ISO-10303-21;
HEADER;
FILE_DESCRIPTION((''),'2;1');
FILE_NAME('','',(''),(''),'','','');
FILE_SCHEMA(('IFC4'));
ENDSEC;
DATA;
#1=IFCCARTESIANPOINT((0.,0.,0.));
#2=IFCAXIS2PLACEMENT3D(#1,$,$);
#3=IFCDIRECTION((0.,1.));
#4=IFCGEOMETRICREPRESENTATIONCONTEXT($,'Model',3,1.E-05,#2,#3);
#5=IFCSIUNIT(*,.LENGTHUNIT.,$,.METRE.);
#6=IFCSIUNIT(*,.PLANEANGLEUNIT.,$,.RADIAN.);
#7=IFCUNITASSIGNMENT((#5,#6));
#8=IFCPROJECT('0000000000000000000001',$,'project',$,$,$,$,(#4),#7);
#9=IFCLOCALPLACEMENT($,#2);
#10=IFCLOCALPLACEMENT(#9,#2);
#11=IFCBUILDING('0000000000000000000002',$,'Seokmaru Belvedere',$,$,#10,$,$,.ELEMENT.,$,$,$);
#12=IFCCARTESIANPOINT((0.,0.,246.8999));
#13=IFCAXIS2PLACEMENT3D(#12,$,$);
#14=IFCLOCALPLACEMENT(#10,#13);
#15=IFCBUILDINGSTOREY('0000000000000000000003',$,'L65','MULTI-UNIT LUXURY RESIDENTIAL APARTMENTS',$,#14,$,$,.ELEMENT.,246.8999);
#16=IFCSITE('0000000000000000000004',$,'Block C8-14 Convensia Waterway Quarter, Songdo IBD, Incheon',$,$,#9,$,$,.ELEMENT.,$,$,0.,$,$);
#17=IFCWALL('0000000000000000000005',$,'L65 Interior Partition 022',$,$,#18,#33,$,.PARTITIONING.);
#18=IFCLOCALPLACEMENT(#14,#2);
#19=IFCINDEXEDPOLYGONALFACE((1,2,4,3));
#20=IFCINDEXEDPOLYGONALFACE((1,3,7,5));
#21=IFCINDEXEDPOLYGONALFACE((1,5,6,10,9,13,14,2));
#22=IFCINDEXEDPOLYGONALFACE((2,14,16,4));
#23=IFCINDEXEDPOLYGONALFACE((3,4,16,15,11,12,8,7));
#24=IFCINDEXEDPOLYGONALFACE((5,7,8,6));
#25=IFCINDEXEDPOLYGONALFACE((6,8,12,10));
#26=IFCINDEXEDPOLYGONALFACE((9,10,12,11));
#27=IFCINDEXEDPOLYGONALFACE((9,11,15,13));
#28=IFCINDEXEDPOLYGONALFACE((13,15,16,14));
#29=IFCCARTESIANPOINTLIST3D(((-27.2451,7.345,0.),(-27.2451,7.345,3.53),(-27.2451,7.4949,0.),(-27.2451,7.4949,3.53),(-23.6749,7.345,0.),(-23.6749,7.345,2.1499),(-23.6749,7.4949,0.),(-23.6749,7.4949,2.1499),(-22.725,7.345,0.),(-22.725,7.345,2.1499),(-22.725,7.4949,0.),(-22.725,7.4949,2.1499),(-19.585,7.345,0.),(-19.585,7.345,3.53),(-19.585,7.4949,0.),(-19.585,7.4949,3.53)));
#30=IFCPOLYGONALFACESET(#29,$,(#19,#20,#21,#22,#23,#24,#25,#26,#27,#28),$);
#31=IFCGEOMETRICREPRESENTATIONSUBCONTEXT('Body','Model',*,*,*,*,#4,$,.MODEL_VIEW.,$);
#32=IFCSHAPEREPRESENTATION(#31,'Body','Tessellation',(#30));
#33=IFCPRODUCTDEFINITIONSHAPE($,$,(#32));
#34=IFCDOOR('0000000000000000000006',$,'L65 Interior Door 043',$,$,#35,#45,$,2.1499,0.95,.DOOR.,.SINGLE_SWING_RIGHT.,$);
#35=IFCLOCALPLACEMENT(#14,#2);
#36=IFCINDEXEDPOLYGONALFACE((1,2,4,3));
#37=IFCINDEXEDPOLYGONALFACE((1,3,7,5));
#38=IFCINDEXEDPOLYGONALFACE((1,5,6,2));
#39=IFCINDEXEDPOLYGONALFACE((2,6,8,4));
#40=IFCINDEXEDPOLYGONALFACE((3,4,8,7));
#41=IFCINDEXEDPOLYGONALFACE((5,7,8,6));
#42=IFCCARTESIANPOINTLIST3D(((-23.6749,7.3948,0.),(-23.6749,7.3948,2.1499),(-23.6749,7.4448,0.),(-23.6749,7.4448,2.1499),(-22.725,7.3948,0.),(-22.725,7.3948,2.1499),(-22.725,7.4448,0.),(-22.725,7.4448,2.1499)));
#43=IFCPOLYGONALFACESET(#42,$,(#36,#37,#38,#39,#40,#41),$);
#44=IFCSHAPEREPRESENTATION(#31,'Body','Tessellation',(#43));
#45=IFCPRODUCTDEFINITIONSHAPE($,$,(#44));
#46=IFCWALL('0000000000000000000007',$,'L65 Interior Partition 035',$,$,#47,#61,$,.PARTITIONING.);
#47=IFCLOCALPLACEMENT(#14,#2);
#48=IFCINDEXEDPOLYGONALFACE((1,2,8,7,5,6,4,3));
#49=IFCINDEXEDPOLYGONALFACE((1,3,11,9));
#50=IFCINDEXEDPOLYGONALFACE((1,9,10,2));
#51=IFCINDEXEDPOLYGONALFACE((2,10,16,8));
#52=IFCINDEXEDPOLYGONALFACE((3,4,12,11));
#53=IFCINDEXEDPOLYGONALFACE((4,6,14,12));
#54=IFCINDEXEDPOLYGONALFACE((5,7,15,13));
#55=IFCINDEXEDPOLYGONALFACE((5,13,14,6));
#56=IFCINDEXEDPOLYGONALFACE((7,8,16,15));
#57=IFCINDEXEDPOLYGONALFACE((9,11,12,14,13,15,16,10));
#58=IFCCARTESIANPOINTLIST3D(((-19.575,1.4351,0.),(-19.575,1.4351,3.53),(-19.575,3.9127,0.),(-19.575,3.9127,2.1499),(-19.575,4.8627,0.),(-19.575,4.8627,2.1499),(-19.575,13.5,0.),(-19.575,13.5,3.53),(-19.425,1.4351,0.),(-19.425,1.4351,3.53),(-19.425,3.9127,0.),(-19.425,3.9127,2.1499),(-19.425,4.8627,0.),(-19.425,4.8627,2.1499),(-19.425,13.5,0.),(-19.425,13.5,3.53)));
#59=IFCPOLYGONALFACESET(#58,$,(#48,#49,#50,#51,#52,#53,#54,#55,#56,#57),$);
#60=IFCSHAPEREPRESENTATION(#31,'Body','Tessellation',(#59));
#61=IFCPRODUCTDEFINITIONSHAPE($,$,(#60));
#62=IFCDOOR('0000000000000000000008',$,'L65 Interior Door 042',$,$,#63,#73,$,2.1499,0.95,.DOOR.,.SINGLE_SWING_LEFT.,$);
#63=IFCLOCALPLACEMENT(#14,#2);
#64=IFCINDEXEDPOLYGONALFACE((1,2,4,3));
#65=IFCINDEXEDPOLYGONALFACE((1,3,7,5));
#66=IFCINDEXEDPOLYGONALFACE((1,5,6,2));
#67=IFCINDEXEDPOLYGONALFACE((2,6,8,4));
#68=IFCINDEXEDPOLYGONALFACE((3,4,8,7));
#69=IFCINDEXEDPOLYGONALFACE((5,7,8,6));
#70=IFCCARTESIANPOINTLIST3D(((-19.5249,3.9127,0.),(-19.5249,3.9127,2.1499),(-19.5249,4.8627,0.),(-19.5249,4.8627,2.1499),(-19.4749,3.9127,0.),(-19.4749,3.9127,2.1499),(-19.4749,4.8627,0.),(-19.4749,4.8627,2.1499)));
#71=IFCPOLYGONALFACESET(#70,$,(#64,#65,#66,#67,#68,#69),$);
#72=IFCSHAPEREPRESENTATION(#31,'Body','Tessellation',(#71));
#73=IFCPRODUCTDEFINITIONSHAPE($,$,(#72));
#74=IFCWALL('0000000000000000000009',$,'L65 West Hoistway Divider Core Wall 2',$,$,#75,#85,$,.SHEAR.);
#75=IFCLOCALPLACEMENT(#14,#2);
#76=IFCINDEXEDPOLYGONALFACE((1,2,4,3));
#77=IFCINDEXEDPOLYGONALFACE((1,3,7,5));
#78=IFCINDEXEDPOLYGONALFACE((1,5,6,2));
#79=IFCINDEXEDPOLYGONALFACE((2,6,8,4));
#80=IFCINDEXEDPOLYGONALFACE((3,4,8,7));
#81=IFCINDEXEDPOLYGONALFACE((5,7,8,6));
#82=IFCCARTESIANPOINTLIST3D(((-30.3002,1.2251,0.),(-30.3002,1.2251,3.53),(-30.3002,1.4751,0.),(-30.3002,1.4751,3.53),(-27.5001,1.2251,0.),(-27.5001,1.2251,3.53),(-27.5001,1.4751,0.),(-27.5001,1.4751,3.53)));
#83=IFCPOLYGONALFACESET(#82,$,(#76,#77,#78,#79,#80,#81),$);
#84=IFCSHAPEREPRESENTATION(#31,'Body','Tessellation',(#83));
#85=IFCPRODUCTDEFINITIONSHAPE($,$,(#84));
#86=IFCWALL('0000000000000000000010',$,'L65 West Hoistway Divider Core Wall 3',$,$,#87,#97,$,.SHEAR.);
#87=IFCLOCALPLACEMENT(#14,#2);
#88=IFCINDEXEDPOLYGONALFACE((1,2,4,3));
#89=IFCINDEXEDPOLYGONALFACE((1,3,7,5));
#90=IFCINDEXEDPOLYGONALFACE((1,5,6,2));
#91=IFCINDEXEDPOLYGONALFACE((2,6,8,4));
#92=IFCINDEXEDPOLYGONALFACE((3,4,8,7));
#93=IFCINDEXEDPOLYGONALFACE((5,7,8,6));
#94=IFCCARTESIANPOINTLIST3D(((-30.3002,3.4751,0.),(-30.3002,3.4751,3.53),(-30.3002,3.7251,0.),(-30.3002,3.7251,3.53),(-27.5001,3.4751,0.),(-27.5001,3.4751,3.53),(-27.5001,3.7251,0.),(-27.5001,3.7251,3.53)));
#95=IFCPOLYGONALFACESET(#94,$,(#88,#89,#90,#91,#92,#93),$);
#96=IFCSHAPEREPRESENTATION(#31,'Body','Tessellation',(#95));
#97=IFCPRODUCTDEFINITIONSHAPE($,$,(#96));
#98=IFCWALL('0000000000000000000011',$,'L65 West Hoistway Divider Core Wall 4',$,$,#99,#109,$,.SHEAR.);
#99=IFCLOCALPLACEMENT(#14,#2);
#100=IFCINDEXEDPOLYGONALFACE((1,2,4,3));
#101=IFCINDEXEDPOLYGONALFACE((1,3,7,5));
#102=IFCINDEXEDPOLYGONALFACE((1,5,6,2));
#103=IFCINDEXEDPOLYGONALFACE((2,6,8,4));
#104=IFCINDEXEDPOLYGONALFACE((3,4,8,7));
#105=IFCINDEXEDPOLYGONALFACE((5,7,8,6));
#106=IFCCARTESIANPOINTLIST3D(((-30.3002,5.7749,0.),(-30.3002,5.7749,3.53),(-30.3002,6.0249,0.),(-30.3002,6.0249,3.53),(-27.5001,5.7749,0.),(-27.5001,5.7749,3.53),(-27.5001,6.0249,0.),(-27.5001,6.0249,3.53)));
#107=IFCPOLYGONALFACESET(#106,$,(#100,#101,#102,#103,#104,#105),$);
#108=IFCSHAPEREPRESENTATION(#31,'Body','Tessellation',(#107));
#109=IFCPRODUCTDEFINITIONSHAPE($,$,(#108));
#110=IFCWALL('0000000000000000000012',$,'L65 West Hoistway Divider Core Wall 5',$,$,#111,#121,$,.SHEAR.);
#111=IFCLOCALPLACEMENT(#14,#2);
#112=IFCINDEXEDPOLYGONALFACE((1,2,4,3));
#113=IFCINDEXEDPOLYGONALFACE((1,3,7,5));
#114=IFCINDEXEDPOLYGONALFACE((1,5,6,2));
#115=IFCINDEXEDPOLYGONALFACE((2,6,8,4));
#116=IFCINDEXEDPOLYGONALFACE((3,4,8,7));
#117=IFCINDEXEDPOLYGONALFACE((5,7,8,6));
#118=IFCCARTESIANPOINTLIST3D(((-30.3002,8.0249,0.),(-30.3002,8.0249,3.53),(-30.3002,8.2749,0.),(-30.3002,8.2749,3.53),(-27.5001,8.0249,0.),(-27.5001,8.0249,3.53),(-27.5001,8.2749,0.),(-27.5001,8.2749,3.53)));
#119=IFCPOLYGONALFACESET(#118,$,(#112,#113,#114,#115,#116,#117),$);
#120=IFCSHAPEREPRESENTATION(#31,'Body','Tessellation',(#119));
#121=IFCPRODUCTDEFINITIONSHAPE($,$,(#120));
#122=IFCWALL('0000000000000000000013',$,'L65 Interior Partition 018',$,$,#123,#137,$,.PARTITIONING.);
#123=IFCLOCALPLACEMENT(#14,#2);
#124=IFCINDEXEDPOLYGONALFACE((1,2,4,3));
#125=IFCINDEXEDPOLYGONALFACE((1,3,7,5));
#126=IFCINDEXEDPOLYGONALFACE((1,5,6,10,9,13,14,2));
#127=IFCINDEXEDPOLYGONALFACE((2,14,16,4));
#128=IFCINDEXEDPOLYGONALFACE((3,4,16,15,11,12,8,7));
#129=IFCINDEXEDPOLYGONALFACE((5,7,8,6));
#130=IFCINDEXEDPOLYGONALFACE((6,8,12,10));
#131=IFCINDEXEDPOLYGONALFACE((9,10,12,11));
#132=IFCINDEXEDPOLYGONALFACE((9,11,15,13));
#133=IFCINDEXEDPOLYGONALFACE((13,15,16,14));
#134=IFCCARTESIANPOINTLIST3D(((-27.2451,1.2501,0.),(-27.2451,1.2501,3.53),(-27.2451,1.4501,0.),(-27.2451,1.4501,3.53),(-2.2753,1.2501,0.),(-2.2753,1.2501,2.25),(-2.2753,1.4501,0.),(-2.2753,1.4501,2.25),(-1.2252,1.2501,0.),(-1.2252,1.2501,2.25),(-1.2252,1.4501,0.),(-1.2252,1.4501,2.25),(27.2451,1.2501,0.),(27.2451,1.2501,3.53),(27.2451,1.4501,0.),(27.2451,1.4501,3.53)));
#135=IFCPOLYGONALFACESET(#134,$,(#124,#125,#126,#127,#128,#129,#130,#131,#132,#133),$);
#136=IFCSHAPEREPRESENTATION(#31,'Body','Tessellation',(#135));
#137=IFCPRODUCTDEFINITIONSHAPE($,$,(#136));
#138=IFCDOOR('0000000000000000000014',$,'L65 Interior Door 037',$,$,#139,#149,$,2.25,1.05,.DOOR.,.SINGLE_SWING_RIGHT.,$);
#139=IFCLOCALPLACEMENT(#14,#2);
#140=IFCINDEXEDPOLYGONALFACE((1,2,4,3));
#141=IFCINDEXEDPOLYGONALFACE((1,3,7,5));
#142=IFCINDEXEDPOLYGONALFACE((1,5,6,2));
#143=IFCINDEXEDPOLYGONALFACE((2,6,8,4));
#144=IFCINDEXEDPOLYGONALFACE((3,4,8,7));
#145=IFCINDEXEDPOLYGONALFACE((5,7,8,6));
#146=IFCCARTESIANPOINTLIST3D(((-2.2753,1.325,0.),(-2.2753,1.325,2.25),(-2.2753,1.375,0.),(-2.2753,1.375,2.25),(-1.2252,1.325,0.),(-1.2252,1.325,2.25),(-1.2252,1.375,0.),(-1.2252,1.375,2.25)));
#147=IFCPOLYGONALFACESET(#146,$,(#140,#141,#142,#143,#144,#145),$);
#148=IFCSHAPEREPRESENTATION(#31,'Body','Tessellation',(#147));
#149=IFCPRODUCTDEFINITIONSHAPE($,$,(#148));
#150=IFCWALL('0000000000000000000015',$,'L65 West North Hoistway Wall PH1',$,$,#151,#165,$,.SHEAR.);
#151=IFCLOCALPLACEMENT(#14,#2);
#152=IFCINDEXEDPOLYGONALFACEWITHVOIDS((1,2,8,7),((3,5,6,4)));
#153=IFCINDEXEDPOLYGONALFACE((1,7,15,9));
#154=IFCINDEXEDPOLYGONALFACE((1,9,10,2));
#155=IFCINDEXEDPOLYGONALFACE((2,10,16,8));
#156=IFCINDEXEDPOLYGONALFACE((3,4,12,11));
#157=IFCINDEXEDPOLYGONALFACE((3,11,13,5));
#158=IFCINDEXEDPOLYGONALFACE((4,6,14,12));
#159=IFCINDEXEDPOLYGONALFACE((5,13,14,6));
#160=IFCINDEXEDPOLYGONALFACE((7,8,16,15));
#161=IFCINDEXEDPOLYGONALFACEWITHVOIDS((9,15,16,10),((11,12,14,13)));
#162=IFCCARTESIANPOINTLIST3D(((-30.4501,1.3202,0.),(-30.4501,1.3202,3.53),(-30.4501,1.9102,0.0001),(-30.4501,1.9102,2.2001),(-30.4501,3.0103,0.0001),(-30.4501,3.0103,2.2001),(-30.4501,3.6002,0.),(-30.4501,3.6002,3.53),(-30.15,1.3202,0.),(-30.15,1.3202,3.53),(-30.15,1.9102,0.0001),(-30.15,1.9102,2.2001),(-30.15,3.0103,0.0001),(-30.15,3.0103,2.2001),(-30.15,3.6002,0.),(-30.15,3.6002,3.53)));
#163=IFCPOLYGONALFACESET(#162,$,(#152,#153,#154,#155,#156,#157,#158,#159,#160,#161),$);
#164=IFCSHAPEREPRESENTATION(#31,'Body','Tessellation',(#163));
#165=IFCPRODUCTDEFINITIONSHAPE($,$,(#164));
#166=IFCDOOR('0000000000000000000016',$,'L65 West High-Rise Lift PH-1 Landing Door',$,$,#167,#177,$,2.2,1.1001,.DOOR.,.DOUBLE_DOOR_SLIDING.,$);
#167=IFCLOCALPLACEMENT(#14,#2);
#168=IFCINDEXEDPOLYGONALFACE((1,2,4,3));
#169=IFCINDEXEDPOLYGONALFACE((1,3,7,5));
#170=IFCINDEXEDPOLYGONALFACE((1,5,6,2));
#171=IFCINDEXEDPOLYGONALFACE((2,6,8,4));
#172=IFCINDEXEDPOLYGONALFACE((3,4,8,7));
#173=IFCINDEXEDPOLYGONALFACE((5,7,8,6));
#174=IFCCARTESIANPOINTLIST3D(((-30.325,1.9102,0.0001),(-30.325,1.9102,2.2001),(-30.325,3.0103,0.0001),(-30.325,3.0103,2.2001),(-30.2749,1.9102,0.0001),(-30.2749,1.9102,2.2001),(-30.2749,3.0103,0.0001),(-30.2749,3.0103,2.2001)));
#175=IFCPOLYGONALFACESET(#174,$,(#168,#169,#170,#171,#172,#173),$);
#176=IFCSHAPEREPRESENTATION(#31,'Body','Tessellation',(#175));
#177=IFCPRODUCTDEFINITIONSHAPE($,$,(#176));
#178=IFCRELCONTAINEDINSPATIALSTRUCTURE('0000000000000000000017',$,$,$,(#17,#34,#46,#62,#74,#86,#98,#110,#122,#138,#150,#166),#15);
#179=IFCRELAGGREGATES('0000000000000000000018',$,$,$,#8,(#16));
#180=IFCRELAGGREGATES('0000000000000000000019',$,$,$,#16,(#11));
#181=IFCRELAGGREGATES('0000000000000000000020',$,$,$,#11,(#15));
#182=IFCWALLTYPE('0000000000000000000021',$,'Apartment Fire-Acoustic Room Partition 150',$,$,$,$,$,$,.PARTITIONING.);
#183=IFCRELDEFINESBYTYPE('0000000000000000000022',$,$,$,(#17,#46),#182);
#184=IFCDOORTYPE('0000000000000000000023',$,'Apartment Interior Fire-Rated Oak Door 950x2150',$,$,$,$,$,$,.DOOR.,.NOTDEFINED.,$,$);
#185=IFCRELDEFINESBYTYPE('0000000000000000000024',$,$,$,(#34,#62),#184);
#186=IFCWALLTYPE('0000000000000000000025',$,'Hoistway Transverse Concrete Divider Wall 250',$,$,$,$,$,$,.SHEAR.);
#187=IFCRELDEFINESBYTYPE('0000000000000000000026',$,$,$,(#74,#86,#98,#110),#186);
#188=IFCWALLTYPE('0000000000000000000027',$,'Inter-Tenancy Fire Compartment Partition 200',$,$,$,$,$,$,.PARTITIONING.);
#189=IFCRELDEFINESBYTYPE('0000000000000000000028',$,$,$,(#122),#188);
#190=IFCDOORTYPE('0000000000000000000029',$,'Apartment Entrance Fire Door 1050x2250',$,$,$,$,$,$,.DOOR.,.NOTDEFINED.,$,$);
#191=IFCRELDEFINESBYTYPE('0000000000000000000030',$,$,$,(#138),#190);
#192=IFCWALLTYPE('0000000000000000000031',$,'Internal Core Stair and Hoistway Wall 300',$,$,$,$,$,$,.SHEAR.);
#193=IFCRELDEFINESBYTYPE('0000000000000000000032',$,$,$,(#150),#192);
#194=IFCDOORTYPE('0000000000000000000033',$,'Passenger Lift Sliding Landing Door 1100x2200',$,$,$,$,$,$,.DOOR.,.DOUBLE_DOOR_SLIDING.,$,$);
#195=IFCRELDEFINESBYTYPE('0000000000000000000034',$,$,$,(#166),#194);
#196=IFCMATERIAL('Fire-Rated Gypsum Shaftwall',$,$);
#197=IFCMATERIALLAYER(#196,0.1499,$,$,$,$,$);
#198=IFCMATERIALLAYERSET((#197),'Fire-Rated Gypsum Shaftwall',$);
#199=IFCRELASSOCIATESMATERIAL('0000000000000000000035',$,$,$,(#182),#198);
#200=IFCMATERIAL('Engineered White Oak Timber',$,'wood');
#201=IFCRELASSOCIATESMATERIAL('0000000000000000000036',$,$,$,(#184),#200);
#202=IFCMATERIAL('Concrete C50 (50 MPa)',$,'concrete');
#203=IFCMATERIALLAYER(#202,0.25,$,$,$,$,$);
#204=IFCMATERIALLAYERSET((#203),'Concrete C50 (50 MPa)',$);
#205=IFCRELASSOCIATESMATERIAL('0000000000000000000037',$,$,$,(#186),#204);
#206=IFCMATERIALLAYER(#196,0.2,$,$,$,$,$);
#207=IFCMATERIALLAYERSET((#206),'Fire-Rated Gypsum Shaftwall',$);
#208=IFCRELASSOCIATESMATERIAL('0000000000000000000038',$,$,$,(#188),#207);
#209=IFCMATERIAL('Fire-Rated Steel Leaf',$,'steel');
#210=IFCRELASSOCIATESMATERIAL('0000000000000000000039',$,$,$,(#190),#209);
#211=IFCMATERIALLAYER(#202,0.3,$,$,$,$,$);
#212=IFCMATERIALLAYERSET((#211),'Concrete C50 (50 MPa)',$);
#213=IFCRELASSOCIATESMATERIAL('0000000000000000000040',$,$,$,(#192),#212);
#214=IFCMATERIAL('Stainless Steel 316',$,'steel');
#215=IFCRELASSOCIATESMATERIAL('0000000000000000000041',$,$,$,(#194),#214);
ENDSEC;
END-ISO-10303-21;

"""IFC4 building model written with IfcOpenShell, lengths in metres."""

from ifc_helpers import new_model, si_unit, direction, frame, frame_2d, origin, place, context, subcontext, project, spatial, rectangle, extrude, source, transform, mapped, material, layer, layer_set, type_object, type_shapes, element, fill, save


model = new_model("IFC4")

# Units and contexts
model_context = context("Model", 3, precision=1e-05, world=origin(), true_north=direction((0.0, 1.0)))
body_context = subcontext(model_context, "Body", "Model", "MODEL_VIEW")
ifc_project = project(units=[si_unit("LENGTHUNIT", "METRE"), si_unit("PLANEANGLEUNIT", "RADIAN")], contexts=[model_context])

# Site, building, storey
site_placement = place(None, origin())
site = spatial("IfcSite", under=ifc_project, at=site_placement, Name="Block C8-14 Convensia Waterway Quarter, Songdo IBD, Incheon", CompositionType="ELEMENT", RefElevation=0.0)
building_placement = place(site_placement, origin())
building = spatial("IfcBuilding", under=site, at=building_placement, Name="Seokmaru Belvedere", CompositionType="ELEMENT")
storey_placement = place(building_placement, frame((0.0, 0.0, 246.8999)))
storey = spatial("IfcBuildingStorey", under=building, at=storey_placement, Name="L65", Description="MULTI-UNIT LUXURY RESIDENTIAL APARTMENTS", CompositionType="ELEMENT", Elevation=246.8999)

# Walls, openings, doors
ifc_material_1 = material(Name="Fire-Rated Gypsum Shaftwall")
ifc_layer_1 = layer(ifc_material_1, 0.1499)
ifc_layer_set_1 = layer_set([ifc_layer_1], Name="Fire-Rated Gypsum Shaftwall")
wall_type_1 = type_object("IfcWallType", Name="Apartment Fire-Acoustic Room Partition 150", PredefinedType="PARTITIONING", material=ifc_layer_set_1)
wall_1_placement = place(storey_placement, frame((-27.2451, 7.4199, 0.0), z_axis=(0.0, 0.0, 1.0), x_axis=(1.0, 0.0, 0.0)))
wall_1 = element("IfcWall", 1, at=wall_1_placement, inside=storey, type_object=wall_type_1, Name="L65 Interior Partition 022", PredefinedType="PARTITIONING", context=body_context, shape_type="SweptSolid", body=[
    extrude(rectangle(XDim=7.6602, YDim=0.1499, at=frame_2d((3.8301, 0.0))), origin(), (0.0, 0.0, 1.0), 3.53),
])
opening_1_placement = place(wall_1_placement, frame((3.5701, 0.0, 0.0)))
opening_1 = element("IfcOpeningElement", 2, at=opening_1_placement, cuts=wall_1, PredefinedType="OPENING", context=body_context, shape_type="SweptSolid", body=[
    extrude(rectangle(XDim=0.95, YDim=2.1499, at=frame_2d((0.4751, 1.075))), frame((0.0, 0.085, 0.0), z_axis=(0.0, -1.0, 0.0), x_axis=(1.0, 0.0, 0.0)), (0.0, 0.0, 1.0), 0.1699),
])
ifc_material_2 = material(Name="Engineered White Oak Timber", Category="wood")
door_type_1 = type_object("IfcDoorType", Name="Apartment Interior Fire-Rated Oak Door 950x2150", OperationType="NOTDEFINED", PredefinedType="DOOR", material=ifc_material_2)
shared_shape_1 = source(origin(), body_context, "Body", "SweptSolid", [
    extrude(rectangle(XDim=0.95, YDim=2.1499, at=frame_2d((0.4751, 1.075))), frame((0.0, 0.0249, 0.0), z_axis=(0.0, -1.0, 0.0), x_axis=(1.0, 0.0, 0.0)), (0.0, 0.0, 1.0), 0.05),
])
type_shapes(door_type_1, [shared_shape_1])
door_1_placement = place(opening_1_placement, origin())
door_1 = element("IfcDoor", 3, at=door_1_placement, inside=storey, type_object=door_type_1, Name="L65 Interior Door 043", OperationType="SINGLE_SWING_RIGHT", OverallHeight=2.1499, OverallWidth=0.95, PredefinedType="DOOR", context=body_context, shape_type="MappedRepresentation", body=[
    mapped(shared_shape_1, transform((0.0, 0.0, 0.0), scale=1.0)),
])
fill(opening_1, door_1)
wall_2_placement = place(storey_placement, frame((-19.5, 1.4351, 0.0), z_axis=(0.0, 0.0, 1.0), x_axis=(0.0, 1.0, 0.0)))
wall_2 = element("IfcWall", 4, at=wall_2_placement, inside=storey, type_object=wall_type_1, Name="L65 Interior Partition 035", PredefinedType="PARTITIONING", context=body_context, shape_type="SweptSolid", body=[
    extrude(rectangle(XDim=12.0649, YDim=0.1499, at=frame_2d((6.0325, 0.0))), origin(), (0.0, 0.0, 1.0), 3.53),
])
opening_2_placement = place(wall_2_placement, frame((2.4775, 0.0, 0.0)))
opening_2 = element("IfcOpeningElement", 5, at=opening_2_placement, cuts=wall_2, PredefinedType="OPENING", context=body_context, shape_type="SweptSolid", body=[
    extrude(rectangle(XDim=0.95, YDim=2.1499, at=frame_2d((0.4751, 1.075))), frame((0.0, 0.085, 0.0), z_axis=(0.0, -1.0, 0.0), x_axis=(1.0, 0.0, 0.0)), (0.0, 0.0, 1.0), 0.1699),
])
door_2_placement = place(opening_2_placement, origin())
door_2 = element("IfcDoor", 6, at=door_2_placement, inside=storey, type_object=door_type_1, Name="L65 Interior Door 042", OperationType="SINGLE_SWING_LEFT", OverallHeight=2.1499, OverallWidth=0.95, PredefinedType="DOOR", context=body_context, shape_type="MappedRepresentation", body=[
    mapped(shared_shape_1, transform((0.0, 0.0, 0.0), scale=1.0)),
])
fill(opening_2, door_2)

# Walls
ifc_material_3 = material(Name="Concrete C50 (50 MPa)", Category="concrete")
ifc_layer_2 = layer(ifc_material_3, 0.25)
ifc_layer_set_2 = layer_set([ifc_layer_2], Name="Concrete C50 (50 MPa)")
wall_type_2 = type_object("IfcWallType", Name="Hoistway Transverse Concrete Divider Wall 250", PredefinedType="SHEAR", material=ifc_layer_set_2)
for number, where, z_axis, x_axis, name in (
    (7, (-30.3, 1.3501, 0.0), (0.0, 0.0, 1.0), (1.0, 0.0, 0.0), "L65 West Hoistway Divider Core Wall 2"),
    (8, (-30.3, 3.6001, 0.0), (0.0, 0.0, 1.0), (1.0, 0.0, 0.0), "L65 West Hoistway Divider Core Wall 3"),
    (9, (-30.3, 5.8999, 0.0), (0.0, 0.0, 1.0), (1.0, 0.0, 0.0), "L65 West Hoistway Divider Core Wall 4"),
    (10, (-30.3, 8.1499, 0.0), (0.0, 0.0, 1.0), (1.0, 0.0, 0.0), "L65 West Hoistway Divider Core Wall 5"),
):
    element("IfcWall", number, at=place(storey_placement, frame(where, z_axis=z_axis, x_axis=x_axis)), inside=storey, type_object=wall_type_2, Name=name, PredefinedType="SHEAR", context=body_context, shape_type="SweptSolid", body=[
        extrude(rectangle(XDim=2.8, YDim=0.25, at=frame_2d((1.3999, 0.0))), origin(), (0.0, 0.0, 1.0), 3.53),
    ])

# Walls, openings, doors
ifc_layer_3 = layer(ifc_material_1, 0.2)
ifc_layer_set_3 = layer_set([ifc_layer_3], Name="Fire-Rated Gypsum Shaftwall")
wall_type_3 = type_object("IfcWallType", Name="Inter-Tenancy Fire Compartment Partition 200", PredefinedType="PARTITIONING", material=ifc_layer_set_3)
wall_3_placement = place(storey_placement, frame((-27.2451, 1.3501, 0.0), z_axis=(0.0, 0.0, 1.0), x_axis=(1.0, 0.0, 0.0)))
wall_3 = element("IfcWall", 11, at=wall_3_placement, inside=storey, type_object=wall_type_3, Name="L65 Interior Partition 018", PredefinedType="PARTITIONING", context=body_context, shape_type="SweptSolid", body=[
    extrude(rectangle(XDim=54.4902, YDim=0.2, at=frame_2d((27.2451, 0.0))), origin(), (0.0, 0.0, 1.0), 3.53),
])
opening_3_placement = place(wall_3_placement, frame((24.97, 0.0, 0.0)))
opening_3 = element("IfcOpeningElement", 12, at=opening_3_placement, cuts=wall_3, PredefinedType="OPENING", context=body_context, shape_type="SweptSolid", body=[
    extrude(rectangle(XDim=1.05, YDim=2.25, at=frame_2d((0.5249, 1.125))), frame((0.0, 0.1099, 0.0), z_axis=(0.0, -1.0, 0.0), x_axis=(1.0, 0.0, 0.0)), (0.0, 0.0, 1.0), 0.22),
])
ifc_material_4 = material(Name="Fire-Rated Steel Leaf", Category="steel")
door_type_2 = type_object("IfcDoorType", Name="Apartment Entrance Fire Door 1050x2250", OperationType="NOTDEFINED", PredefinedType="DOOR", material=ifc_material_4)
shared_shape_2 = source(origin(), body_context, "Body", "SweptSolid", [
    extrude(rectangle(XDim=1.05, YDim=2.25, at=frame_2d((0.5249, 1.125))), frame((0.0, 0.0249, 0.0), z_axis=(0.0, -1.0, 0.0), x_axis=(1.0, 0.0, 0.0)), (0.0, 0.0, 1.0), 0.05),
])
type_shapes(door_type_2, [shared_shape_2])
door_3_placement = place(opening_3_placement, origin())
door_3 = element("IfcDoor", 13, at=door_3_placement, inside=storey, type_object=door_type_2, Name="L65 Interior Door 037", OperationType="SINGLE_SWING_RIGHT", OverallHeight=2.25, OverallWidth=1.05, PredefinedType="DOOR", context=body_context, shape_type="MappedRepresentation", body=[
    mapped(shared_shape_2, transform((0.0, 0.0, 0.0), scale=1.0)),
])
fill(opening_3, door_3)
ifc_layer_4 = layer(ifc_material_3, 0.3)
ifc_layer_set_4 = layer_set([ifc_layer_4], Name="Concrete C50 (50 MPa)")
wall_type_4 = type_object("IfcWallType", Name="Internal Core Stair and Hoistway Wall 300", PredefinedType="SHEAR", material=ifc_layer_set_4)
wall_4_placement = place(storey_placement, frame((-30.3, 1.3201, 0.0), z_axis=(0.0, 0.0, 1.0), x_axis=(0.0, 1.0, 0.0)))
wall_4 = element("IfcWall", 14, at=wall_4_placement, inside=storey, type_object=wall_type_4, Name="L65 West North Hoistway Wall PH1", PredefinedType="SHEAR", context=body_context, shape_type="SweptSolid", body=[
    extrude(rectangle(XDim=2.28, YDim=0.3, at=frame_2d((1.1401, 0.0))), origin(), (0.0, 0.0, 1.0), 3.53),
])
opening_4_placement = place(wall_4_placement, frame((0.5901, 0.0, 0.0)))
opening_4 = element("IfcOpeningElement", 15, at=opening_4_placement, cuts=wall_4, PredefinedType="OPENING", context=body_context, shape_type="SweptSolid", body=[
    extrude(rectangle(XDim=1.1001, YDim=2.2, at=frame_2d((0.55, 1.1001))), frame((0.0, 0.1602, 0.0), z_axis=(0.0, -1.0, 0.0), x_axis=(1.0, 0.0, 0.0)), (0.0, 0.0, 1.0), 0.3201),
])
ifc_material_5 = material(Name="Stainless Steel 316", Category="steel")
door_type_3 = type_object("IfcDoorType", Name="Passenger Lift Sliding Landing Door 1100x2200", OperationType="DOUBLE_DOOR_SLIDING", PredefinedType="DOOR", material=ifc_material_5)
shared_shape_3 = source(origin(), body_context, "Body", "SweptSolid", [
    extrude(rectangle(XDim=1.1001, YDim=2.2, at=frame_2d((0.55, 1.1001))), frame((0.0, 0.0249, 0.0), z_axis=(0.0, -1.0, 0.0), x_axis=(1.0, 0.0, 0.0)), (0.0, 0.0, 1.0), 0.05),
])
type_shapes(door_type_3, [shared_shape_3])
door_4_placement = place(opening_4_placement, origin())
door_4 = element("IfcDoor", 16, at=door_4_placement, inside=storey, type_object=door_type_3, Name="L65 West High-Rise Lift PH-1 Landing Door", OperationType="DOUBLE_DOOR_SLIDING", OverallHeight=2.2, OverallWidth=1.1001, PredefinedType="DOOR", context=body_context, shape_type="MappedRepresentation", body=[
    mapped(shared_shape_3, transform((0.0, 0.0, 0.0), scale=1.0)),
])
fill(opening_4, door_4)

save(model, "model.ifc")
